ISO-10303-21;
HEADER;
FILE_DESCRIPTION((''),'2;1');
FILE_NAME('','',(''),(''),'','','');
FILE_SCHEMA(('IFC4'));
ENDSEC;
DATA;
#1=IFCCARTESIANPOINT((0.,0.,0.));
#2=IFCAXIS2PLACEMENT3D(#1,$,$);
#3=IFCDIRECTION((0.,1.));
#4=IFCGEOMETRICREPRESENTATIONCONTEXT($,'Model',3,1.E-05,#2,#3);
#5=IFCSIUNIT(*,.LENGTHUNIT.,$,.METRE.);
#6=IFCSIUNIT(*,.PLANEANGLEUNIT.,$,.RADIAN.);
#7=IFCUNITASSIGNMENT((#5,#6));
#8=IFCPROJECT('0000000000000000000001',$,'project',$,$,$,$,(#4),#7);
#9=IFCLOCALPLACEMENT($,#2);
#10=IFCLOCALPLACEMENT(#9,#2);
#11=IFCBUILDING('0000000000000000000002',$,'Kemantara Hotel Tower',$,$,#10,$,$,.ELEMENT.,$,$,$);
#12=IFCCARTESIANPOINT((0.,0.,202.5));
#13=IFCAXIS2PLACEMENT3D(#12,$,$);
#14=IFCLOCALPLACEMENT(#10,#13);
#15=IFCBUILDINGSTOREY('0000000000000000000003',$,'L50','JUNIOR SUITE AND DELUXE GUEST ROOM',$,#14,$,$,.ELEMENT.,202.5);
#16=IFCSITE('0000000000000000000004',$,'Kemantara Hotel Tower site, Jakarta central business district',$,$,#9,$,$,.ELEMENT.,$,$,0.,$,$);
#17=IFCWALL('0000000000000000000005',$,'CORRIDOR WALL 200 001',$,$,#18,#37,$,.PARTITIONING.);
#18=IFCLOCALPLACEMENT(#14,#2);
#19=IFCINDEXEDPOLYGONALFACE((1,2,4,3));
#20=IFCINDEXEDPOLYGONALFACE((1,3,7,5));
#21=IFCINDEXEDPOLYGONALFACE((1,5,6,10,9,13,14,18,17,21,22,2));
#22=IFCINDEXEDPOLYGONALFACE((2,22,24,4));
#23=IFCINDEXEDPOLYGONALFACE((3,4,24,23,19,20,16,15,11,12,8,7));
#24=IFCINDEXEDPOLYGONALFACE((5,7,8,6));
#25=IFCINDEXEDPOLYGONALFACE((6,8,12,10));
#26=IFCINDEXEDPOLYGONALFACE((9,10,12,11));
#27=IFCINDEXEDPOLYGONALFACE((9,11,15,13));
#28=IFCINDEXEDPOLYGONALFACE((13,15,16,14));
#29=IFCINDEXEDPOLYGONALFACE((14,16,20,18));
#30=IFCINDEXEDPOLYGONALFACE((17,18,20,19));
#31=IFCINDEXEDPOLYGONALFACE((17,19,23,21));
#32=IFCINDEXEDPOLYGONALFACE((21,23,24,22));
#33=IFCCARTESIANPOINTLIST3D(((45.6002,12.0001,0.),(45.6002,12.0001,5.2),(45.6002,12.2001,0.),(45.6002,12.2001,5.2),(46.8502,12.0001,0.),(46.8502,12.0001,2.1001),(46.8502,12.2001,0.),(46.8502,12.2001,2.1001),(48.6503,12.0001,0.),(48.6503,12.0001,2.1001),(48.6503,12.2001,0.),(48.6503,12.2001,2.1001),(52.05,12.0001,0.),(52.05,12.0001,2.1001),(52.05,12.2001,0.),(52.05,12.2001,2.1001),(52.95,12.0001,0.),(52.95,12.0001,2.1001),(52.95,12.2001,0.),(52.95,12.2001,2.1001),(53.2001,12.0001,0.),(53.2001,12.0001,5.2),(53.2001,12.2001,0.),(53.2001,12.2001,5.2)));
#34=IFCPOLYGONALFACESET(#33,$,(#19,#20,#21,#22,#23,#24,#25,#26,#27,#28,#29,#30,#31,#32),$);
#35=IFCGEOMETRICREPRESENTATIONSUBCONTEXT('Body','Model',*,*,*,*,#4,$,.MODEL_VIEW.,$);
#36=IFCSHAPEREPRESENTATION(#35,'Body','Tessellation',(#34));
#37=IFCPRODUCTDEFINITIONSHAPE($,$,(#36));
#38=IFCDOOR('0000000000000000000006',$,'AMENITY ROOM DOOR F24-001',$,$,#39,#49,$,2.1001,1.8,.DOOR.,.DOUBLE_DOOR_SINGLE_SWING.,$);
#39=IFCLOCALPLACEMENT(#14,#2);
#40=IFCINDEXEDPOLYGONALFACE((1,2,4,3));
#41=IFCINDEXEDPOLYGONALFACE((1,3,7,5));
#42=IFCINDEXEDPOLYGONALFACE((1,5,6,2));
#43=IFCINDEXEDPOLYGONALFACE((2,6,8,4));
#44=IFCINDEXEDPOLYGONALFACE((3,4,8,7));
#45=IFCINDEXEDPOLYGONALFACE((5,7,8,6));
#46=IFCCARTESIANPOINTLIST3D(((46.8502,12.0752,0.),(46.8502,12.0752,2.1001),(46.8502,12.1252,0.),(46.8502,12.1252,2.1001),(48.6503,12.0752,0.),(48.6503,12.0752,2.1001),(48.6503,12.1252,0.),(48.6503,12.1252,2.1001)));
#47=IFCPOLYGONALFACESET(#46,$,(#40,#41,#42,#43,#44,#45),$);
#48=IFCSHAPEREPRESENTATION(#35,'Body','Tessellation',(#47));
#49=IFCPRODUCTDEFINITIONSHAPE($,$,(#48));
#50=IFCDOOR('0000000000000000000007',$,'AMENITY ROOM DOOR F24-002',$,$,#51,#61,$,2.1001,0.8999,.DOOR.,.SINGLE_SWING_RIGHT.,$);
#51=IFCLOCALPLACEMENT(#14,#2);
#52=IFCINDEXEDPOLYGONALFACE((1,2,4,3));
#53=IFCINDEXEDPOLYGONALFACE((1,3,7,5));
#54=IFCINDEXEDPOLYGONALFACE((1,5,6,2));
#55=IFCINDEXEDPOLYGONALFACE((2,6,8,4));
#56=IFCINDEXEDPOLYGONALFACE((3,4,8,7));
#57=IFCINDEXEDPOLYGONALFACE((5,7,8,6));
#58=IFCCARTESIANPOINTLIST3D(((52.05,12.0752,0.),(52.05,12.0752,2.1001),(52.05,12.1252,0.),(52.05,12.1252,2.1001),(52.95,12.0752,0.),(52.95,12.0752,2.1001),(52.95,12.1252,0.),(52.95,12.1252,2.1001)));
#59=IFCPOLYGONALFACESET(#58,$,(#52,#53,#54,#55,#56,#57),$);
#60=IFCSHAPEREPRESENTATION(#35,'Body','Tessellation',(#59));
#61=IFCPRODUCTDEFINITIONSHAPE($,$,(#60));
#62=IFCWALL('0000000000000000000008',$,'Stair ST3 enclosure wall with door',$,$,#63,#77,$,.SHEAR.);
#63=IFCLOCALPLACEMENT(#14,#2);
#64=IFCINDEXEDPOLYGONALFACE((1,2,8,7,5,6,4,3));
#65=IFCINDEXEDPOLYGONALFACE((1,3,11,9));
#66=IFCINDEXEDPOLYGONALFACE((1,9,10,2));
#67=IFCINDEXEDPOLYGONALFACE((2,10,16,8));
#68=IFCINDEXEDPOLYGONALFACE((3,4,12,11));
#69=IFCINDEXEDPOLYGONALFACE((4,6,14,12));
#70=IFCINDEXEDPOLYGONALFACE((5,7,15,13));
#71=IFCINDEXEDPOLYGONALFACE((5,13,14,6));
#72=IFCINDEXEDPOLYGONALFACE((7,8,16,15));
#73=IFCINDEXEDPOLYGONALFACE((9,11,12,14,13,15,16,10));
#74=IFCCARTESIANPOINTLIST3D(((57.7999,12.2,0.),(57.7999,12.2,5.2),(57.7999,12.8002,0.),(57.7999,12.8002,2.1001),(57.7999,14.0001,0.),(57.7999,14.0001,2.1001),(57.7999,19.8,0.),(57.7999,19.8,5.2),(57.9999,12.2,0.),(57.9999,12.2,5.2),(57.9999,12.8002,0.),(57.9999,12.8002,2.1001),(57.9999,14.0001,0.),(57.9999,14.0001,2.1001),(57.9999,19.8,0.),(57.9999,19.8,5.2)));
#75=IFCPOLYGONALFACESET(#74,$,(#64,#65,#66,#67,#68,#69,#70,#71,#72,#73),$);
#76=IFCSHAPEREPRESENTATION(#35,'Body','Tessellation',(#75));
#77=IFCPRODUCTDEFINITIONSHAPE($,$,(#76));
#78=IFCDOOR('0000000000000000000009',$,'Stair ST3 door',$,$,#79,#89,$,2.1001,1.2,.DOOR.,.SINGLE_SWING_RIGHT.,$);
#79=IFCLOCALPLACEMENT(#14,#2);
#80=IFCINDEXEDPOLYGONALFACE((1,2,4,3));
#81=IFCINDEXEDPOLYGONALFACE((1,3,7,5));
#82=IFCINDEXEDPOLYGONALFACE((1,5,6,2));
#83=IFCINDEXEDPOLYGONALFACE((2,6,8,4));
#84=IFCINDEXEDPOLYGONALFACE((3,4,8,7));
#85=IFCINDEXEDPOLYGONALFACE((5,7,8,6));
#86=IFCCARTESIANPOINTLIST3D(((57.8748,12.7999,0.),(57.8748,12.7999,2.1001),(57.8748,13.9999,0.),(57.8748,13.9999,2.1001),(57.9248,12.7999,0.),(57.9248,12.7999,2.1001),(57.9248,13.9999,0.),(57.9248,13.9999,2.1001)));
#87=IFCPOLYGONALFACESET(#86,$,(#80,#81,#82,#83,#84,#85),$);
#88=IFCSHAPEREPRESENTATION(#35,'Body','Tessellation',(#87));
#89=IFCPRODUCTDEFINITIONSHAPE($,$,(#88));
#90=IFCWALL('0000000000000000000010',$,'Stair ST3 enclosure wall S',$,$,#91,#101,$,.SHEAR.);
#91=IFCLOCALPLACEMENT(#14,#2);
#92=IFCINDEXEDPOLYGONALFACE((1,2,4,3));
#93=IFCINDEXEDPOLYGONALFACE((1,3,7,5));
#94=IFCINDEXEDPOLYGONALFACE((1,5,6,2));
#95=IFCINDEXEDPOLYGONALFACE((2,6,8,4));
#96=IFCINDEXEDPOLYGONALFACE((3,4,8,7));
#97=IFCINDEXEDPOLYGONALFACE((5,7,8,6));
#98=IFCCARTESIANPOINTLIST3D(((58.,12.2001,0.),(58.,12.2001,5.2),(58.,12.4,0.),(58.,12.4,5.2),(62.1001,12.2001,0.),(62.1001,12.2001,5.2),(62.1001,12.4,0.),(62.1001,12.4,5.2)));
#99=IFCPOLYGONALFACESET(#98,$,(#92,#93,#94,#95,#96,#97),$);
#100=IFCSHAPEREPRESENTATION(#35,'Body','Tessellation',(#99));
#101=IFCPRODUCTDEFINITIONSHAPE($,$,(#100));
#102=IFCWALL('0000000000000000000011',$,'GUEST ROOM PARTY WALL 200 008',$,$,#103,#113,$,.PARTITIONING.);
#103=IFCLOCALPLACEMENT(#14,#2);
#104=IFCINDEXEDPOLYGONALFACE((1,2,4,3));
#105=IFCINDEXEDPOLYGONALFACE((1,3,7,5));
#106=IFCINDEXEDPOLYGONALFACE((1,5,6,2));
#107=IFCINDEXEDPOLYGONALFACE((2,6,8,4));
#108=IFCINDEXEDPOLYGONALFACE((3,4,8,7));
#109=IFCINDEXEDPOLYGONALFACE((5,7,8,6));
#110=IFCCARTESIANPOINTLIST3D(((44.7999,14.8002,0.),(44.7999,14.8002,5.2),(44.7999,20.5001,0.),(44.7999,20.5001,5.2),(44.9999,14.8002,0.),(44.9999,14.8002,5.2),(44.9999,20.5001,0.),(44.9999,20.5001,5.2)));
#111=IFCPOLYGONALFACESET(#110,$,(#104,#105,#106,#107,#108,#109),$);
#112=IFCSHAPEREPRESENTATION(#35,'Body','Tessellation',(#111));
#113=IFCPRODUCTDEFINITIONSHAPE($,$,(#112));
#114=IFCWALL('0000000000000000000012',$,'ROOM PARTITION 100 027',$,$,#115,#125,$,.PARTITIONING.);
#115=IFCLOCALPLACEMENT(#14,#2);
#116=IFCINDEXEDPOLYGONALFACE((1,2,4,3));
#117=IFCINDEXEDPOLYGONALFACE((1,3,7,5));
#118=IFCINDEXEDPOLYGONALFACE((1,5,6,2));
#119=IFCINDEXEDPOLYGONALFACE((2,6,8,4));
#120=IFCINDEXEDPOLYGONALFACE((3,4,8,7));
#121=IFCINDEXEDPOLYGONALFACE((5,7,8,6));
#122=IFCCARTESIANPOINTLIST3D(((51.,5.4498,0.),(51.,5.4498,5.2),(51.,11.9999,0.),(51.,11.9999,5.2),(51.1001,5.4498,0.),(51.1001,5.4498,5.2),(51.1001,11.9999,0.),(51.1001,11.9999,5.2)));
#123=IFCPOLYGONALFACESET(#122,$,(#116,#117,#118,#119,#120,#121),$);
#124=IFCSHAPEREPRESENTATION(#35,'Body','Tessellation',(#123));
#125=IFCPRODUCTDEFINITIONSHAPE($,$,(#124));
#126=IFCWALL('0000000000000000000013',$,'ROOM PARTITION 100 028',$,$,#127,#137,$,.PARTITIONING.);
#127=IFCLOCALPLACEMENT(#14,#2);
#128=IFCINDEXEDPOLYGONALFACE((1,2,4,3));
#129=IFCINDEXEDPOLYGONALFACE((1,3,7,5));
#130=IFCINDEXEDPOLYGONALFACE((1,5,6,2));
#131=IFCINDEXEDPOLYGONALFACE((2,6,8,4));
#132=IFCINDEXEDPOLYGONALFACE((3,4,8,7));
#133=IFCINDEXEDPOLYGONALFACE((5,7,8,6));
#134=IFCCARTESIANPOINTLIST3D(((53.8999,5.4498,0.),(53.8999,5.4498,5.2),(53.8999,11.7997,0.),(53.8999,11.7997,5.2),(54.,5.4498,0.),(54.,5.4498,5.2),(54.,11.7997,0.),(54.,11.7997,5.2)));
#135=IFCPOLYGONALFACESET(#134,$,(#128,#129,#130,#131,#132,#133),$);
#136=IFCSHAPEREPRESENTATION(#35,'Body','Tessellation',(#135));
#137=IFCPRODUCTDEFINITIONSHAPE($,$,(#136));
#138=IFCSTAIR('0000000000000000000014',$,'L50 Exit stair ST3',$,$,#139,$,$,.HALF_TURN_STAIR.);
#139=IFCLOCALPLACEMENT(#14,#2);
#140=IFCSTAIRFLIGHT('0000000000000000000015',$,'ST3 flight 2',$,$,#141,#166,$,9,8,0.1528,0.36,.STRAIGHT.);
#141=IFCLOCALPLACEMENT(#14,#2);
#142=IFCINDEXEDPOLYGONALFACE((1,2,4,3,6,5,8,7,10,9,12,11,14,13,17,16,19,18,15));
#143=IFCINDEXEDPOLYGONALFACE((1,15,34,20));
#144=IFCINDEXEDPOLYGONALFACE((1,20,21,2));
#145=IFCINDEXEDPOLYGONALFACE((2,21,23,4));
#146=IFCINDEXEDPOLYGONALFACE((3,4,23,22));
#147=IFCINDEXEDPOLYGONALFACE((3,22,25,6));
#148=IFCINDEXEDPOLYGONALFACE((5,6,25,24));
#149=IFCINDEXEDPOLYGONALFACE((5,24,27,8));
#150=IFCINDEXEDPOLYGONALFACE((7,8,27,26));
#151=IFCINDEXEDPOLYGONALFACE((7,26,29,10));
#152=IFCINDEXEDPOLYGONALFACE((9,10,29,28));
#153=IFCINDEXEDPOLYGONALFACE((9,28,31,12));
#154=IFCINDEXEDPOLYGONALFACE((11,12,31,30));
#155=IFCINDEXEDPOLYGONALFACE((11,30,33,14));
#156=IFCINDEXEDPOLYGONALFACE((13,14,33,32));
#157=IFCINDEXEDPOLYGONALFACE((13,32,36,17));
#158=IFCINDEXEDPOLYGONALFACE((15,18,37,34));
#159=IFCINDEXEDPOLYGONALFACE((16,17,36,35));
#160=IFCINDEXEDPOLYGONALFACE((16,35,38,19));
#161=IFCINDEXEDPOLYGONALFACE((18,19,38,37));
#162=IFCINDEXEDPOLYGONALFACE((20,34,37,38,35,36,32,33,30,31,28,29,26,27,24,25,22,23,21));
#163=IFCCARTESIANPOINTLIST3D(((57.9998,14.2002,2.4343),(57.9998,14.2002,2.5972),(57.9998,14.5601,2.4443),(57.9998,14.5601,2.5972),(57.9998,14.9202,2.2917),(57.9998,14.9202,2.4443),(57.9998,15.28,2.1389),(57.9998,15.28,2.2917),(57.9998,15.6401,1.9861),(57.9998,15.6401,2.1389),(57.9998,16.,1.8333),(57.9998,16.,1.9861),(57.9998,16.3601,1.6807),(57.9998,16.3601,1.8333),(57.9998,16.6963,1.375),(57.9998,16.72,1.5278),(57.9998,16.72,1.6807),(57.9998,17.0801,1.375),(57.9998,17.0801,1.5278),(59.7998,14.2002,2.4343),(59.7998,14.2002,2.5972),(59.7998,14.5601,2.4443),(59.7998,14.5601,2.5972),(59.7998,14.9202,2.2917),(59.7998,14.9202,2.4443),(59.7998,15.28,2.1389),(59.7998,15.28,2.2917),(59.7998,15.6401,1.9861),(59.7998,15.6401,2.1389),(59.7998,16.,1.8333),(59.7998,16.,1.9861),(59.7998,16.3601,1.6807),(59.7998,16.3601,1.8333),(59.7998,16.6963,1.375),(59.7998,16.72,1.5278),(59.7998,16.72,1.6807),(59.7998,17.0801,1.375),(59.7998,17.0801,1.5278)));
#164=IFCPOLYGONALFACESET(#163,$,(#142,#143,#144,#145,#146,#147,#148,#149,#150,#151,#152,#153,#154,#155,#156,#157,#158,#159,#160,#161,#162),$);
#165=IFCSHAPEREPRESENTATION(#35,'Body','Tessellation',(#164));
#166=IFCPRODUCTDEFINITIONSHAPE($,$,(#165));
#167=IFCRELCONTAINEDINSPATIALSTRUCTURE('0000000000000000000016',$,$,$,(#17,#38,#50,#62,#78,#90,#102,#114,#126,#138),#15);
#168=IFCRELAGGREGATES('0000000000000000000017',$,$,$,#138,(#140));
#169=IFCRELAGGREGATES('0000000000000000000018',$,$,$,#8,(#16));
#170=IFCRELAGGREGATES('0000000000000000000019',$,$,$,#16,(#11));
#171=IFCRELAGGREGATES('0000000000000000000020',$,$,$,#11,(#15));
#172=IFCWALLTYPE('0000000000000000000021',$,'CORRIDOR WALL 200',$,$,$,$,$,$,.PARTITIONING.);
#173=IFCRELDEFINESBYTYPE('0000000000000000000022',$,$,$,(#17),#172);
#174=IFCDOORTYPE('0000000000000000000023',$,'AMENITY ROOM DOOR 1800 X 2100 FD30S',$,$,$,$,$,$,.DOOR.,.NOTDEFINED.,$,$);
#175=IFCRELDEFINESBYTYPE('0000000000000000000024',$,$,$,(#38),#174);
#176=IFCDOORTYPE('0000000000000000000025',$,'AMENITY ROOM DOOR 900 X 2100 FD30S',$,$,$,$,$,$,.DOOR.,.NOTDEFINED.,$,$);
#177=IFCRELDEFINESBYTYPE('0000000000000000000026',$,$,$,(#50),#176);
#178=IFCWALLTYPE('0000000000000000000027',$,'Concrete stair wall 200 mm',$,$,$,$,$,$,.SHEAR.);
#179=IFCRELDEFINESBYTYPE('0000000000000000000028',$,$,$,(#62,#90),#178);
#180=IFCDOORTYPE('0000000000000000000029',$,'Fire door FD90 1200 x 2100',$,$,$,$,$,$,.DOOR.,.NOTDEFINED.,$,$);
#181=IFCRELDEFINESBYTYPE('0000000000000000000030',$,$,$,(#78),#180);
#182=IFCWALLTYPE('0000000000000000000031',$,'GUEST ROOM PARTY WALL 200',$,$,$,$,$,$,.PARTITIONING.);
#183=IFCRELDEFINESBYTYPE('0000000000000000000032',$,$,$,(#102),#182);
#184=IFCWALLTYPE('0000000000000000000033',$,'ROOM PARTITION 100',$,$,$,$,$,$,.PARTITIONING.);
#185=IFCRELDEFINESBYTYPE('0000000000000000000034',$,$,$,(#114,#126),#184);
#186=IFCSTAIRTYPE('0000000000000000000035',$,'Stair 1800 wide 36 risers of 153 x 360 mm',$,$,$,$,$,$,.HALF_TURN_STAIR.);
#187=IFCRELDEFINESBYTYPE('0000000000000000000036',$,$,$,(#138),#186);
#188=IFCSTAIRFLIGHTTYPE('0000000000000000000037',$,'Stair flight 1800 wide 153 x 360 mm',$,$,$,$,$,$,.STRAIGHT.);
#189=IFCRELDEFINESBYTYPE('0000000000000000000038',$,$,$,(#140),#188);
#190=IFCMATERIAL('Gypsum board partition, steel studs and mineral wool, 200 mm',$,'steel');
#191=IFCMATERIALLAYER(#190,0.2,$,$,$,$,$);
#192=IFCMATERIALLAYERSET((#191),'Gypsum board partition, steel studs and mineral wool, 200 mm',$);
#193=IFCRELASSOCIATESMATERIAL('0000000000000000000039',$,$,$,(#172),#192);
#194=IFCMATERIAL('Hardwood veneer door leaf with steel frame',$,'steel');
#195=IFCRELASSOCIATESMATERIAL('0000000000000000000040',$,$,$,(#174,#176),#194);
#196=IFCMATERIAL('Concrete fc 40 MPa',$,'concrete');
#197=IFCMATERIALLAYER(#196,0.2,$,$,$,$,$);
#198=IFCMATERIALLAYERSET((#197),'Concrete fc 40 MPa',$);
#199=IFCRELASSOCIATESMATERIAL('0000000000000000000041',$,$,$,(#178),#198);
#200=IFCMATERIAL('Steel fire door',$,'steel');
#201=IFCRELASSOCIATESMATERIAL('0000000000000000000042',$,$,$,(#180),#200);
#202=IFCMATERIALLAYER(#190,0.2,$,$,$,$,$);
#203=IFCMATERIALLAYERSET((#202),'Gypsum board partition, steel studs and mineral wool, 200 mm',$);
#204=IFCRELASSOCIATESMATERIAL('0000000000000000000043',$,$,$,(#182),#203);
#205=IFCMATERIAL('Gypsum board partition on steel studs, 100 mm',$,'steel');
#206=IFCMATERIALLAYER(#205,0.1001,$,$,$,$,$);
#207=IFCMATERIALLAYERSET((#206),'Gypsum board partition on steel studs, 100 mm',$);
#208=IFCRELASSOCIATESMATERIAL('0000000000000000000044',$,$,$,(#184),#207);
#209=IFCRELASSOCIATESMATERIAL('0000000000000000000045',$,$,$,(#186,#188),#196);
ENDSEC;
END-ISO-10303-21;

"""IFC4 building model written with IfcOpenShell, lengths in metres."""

from ifc_helpers import new_model, si_unit, direction, frame, frame_2d, origin, place, context, subcontext, project, spatial, polyline, rectangle, outline, extrude, material, layer, layer_set, type_object, element, fill, aggregate, save


model = new_model("IFC4")

# Units and contexts
model_context = context("Model", 3, precision=1e-05, world=origin(), true_north=direction((0.0, 1.0)))
body_context = subcontext(model_context, "Body", "Model", "MODEL_VIEW")
ifc_project = project(units=[si_unit("LENGTHUNIT", "METRE"), si_unit("PLANEANGLEUNIT", "RADIAN")], contexts=[model_context])

# Site, building, storey
site_placement = place(None, origin())
site = spatial("IfcSite", under=ifc_project, at=site_placement, Name="Kemantara Hotel Tower site, Jakarta central business district", CompositionType="ELEMENT", RefElevation=0.0)
building_placement = place(site_placement, origin())
building = spatial("IfcBuilding", under=site, at=building_placement, Name="Kemantara Hotel Tower", CompositionType="ELEMENT")
storey_placement = place(building_placement, frame((0.0, 0.0, 202.5)))
storey = spatial("IfcBuildingStorey", under=building, at=storey_placement, Name="L50", Description="JUNIOR SUITE AND DELUXE GUEST ROOM", CompositionType="ELEMENT", Elevation=202.5)

# Wall, openings, doors
ifc_material_1 = material(Name="Gypsum board partition, steel studs and mineral wool, 200 mm", Category="steel")
ifc_layer_1 = layer(ifc_material_1, 0.2)
ifc_layer_set_1 = layer_set([ifc_layer_1], Name="Gypsum board partition, steel studs and mineral wool, 200 mm")
wall_type_1 = type_object("IfcWallType", Name="CORRIDOR WALL 200", PredefinedType="PARTITIONING", material=ifc_layer_set_1)
wall_1_placement = place(storey_placement, frame((53.2, 12.1001, 0.0), z_axis=(0.0, 0.0, 1.0), x_axis=(-1.0, 0.0, 0.0)))
wall_1 = element("IfcWall", 1, at=wall_1_placement, inside=storey, type_object=wall_type_1, Name="CORRIDOR WALL 200 001", PredefinedType="PARTITIONING", context=body_context, shape_type="SweptSolid", body=[
    extrude(rectangle(XDim=7.5999, YDim=0.2, at=frame_2d((3.7998, 0.0))), origin(), (0.0, 0.0, 1.0), 5.2),
])
opening_1_placement = place(wall_1_placement, frame((4.5498, 0.0, 0.0)))
opening_1 = element("IfcOpeningElement", 2, at=opening_1_placement, cuts=wall_1, PredefinedType="OPENING", context=body_context, shape_type="SweptSolid", body=[
    extrude(rectangle(XDim=1.8, YDim=2.1001, at=frame_2d((0.8999, 1.05))), frame((0.0, 0.1099, 0.0), z_axis=(0.0, -1.0, 0.0), x_axis=(1.0, 0.0, 0.0)), (0.0, 0.0, 1.0), 0.22),
])
opening_2_placement = place(wall_1_placement, frame((0.25, 0.0, 0.0)))
opening_2 = element("IfcOpeningElement", 3, at=opening_2_placement, cuts=wall_1, PredefinedType="OPENING", context=body_context, shape_type="SweptSolid", body=[
    extrude(rectangle(XDim=0.8999, YDim=2.1001, at=frame_2d((0.45, 1.05))), frame((0.0, 0.1099, 0.0), z_axis=(0.0, -1.0, 0.0), x_axis=(1.0, 0.0, 0.0)), (0.0, 0.0, 1.0), 0.22),
])
ifc_material_2 = material(Name="Hardwood veneer door leaf with steel frame", Category="steel")
door_type_1 = type_object("IfcDoorType", Name="AMENITY ROOM DOOR 1800 X 2100 FD30S", OperationType="NOTDEFINED", PredefinedType="DOOR", material=ifc_material_2)
door_1_placement = place(opening_1_placement, origin())
door_1 = element("IfcDoor", 4, at=door_1_placement, inside=storey, type_object=door_type_1, Name="AMENITY ROOM DOOR F24-001", OperationType="DOUBLE_DOOR_SINGLE_SWING", OverallHeight=2.1001, OverallWidth=1.8, PredefinedType="DOOR", context=body_context, shape_type="SweptSolid", body=[
    extrude(rectangle(XDim=1.8, YDim=2.1001, at=frame_2d((0.8999, 1.05))), frame((0.0, 0.0249, 0.0), z_axis=(0.0, -1.0, 0.0), x_axis=(1.0, 0.0, 0.0)), (0.0, 0.0, 1.0), 0.05),
])
fill(opening_1, door_1)
door_type_2 = type_object("IfcDoorType", Name="AMENITY ROOM DOOR 900 X 2100 FD30S", OperationType="NOTDEFINED", PredefinedType="DOOR", material=ifc_material_2)
door_2_placement = place(opening_2_placement, origin())
door_2 = element("IfcDoor", 5, at=door_2_placement, inside=storey, type_object=door_type_2, Name="AMENITY ROOM DOOR F24-002", OperationType="SINGLE_SWING_RIGHT", OverallHeight=2.1001, OverallWidth=0.8999, PredefinedType="DOOR", context=body_context, shape_type="SweptSolid", body=[
    extrude(rectangle(XDim=0.8999, YDim=2.1001, at=frame_2d((0.45, 1.05))), frame((0.0, 0.0249, 0.0), z_axis=(0.0, -1.0, 0.0), x_axis=(1.0, 0.0, 0.0)), (0.0, 0.0, 1.0), 0.05),
])
fill(opening_2, door_2)

# Wall, opening, door
ifc_material_3 = material(Name="Concrete fc 40 MPa", Category="concrete")
ifc_layer_2 = layer(ifc_material_3, 0.2)
ifc_layer_set_2 = layer_set([ifc_layer_2], Name="Concrete fc 40 MPa")
wall_type_2 = type_object("IfcWallType", Name="Concrete stair wall 200 mm", PredefinedType="SHEAR", material=ifc_layer_set_2)
wall_2_placement = place(storey_placement, frame((57.8999, 12.2, 0.0), z_axis=(0.0, 0.0, 1.0), x_axis=(0.0, 1.0, 0.0)))
wall_2 = element("IfcWall", 6, at=wall_2_placement, inside=storey, type_object=wall_type_2, Name="Stair ST3 enclosure wall with door", PredefinedType="SHEAR", context=body_context, shape_type="SweptSolid", body=[
    extrude(rectangle(XDim=7.6001, YDim=0.2, at=frame_2d((3.8, 0.0))), origin(), (0.0, 0.0, 1.0), 5.2),
])
opening_3_placement = place(wall_2_placement, frame((0.6001, 0.0, 0.0)))
opening_3 = element("IfcOpeningElement", 7, at=opening_3_placement, cuts=wall_2, PredefinedType="OPENING", context=body_context, shape_type="SweptSolid", body=[
    extrude(rectangle(XDim=1.2, YDim=2.1001, at=frame_2d((0.6001, 1.05))), frame((0.0, 0.1099, 0.0), z_axis=(0.0, -1.0, 0.0), x_axis=(1.0, 0.0, 0.0)), (0.0, 0.0, 1.0), 0.22),
])
ifc_material_4 = material(Name="Steel fire door", Category="steel")
door_type_3 = type_object("IfcDoorType", Name="Fire door FD90 1200 x 2100", OperationType="NOTDEFINED", PredefinedType="DOOR", material=ifc_material_4)
door_3_placement = place(opening_3_placement, frame((1.2, 0.0, 0.0), z_axis=(0.0, 0.0, 1.0), x_axis=(-1.0, 0.0, 0.0)))
door_3 = element("IfcDoor", 8, at=door_3_placement, inside=storey, type_object=door_type_3, Name="Stair ST3 door", OperationType="SINGLE_SWING_RIGHT", OverallHeight=2.1001, OverallWidth=1.2, PredefinedType="DOOR", context=body_context, shape_type="SweptSolid", body=[
    extrude(rectangle(XDim=1.2, YDim=2.1001, at=frame_2d((0.6001, 1.05))), frame((0.0, 0.0249, 0.0), z_axis=(0.0, -1.0, 0.0), x_axis=(1.0, 0.0, 0.0)), (0.0, 0.0, 1.0), 0.05),
])
fill(opening_3, door_3)

# Walls
wall_3_placement = place(storey_placement, frame((58.0, 12.3, 0.0), z_axis=(0.0, 0.0, 1.0), x_axis=(1.0, 0.0, 0.0)))
element("IfcWall", 9, at=wall_3_placement, inside=storey, type_object=wall_type_2, Name="Stair ST3 enclosure wall S", PredefinedType="SHEAR", context=body_context, shape_type="SweptSolid", body=[
    extrude(rectangle(XDim=4.1001, YDim=0.2, at=frame_2d((2.05, 0.0))), origin(), (0.0, 0.0, 1.0), 5.2),
])
ifc_layer_3 = layer(ifc_material_1, 0.2)
ifc_layer_set_3 = layer_set([ifc_layer_3], Name="Gypsum board partition, steel studs and mineral wool, 200 mm")
wall_type_3 = type_object("IfcWallType", Name="GUEST ROOM PARTY WALL 200", PredefinedType="PARTITIONING", material=ifc_layer_set_3)
wall_4_placement = place(storey_placement, frame((44.8999, 14.8, 0.0), z_axis=(0.0, 0.0, 1.0), x_axis=(0.0, 1.0, 0.0)))
element("IfcWall", 10, at=wall_4_placement, inside=storey, type_object=wall_type_3, Name="GUEST ROOM PARTY WALL 200 008", PredefinedType="PARTITIONING", context=body_context, shape_type="SweptSolid", body=[
    extrude(rectangle(XDim=5.7, YDim=0.2, at=frame_2d((2.8501, 0.0))), origin(), (0.0, 0.0, 1.0), 5.2),
])
ifc_material_5 = material(Name="Gypsum board partition on steel studs, 100 mm", Category="steel")
ifc_layer_4 = layer(ifc_material_5, 0.1001)
ifc_layer_set_4 = layer_set([ifc_layer_4], Name="Gypsum board partition on steel studs, 100 mm")
wall_type_4 = type_object("IfcWallType", Name="ROOM PARTITION 100", PredefinedType="PARTITIONING", material=ifc_layer_set_4)
wall_5_placement = place(storey_placement, frame((51.05, 5.45, 0.0), z_axis=(0.0, 0.0, 1.0), x_axis=(0.0, 1.0, 0.0)))
element("IfcWall", 11, at=wall_5_placement, inside=storey, type_object=wall_type_4, Name="ROOM PARTITION 100 027", PredefinedType="PARTITIONING", context=body_context, shape_type="SweptSolid", body=[
    extrude(rectangle(XDim=6.55, YDim=0.1001, at=frame_2d((3.2749, 0.0))), origin(), (0.0, 0.0, 1.0), 5.2),
])
wall_6_placement = place(storey_placement, frame((53.95, 5.45, 0.0), z_axis=(0.0, 0.0, 1.0), x_axis=(0.0, 1.0, 0.0)))
element("IfcWall", 12, at=wall_6_placement, inside=storey, type_object=wall_type_4, Name="ROOM PARTITION 100 028", PredefinedType="PARTITIONING", context=body_context, shape_type="SweptSolid", body=[
    extrude(rectangle(XDim=6.3499, YDim=0.1001, at=frame_2d((3.1748, 0.0))), origin(), (0.0, 0.0, 1.0), 5.2),
])

# Stair, stair flight
stair_type = type_object("IfcStairType", Name="Stair 1800 wide 36 risers of 153 x 360 mm", PredefinedType="HALF_TURN_STAIR", material=ifc_material_3)
stair_placement = place(storey_placement, origin())
stair = element("IfcStair", 13, at=stair_placement, inside=storey, type_object=stair_type, Name="L50 Exit stair ST3", PredefinedType="HALF_TURN_STAIR")
stair_flight_type = type_object("IfcStairFlightType", Name="Stair flight 1800 wide 153 x 360 mm", PredefinedType="STRAIGHT", material=ifc_material_3)
stair_flight_1_placement = place(storey_placement, frame((58.8999, 17.0801, 1.375), z_axis=(0.0, 0.0, 1.0), x_axis=(0.0, -1.0, 0.0)))
stair_flight_1 = element("IfcStairFlight", 14, at=stair_flight_1_placement, type_object=stair_flight_type, Name="ST3 flight 2", NumberOfRisers=9, NumberOfTreads=8, PredefinedType="STRAIGHT", RiserHeight=0.1528, TreadLength=0.36, context=body_context, shape_type="SweptSolid", body=[
    extrude(outline(polyline([(0.0, 0.0), (0.0, 0.1528), (0.3601, 0.1528), (0.3601, 0.3057), (0.72, 0.3057), (0.72, 0.4583), (1.0801, 0.4583), (1.0801, 0.6111), (1.4399, 0.6111), (1.4399, 0.7639), (1.8, 0.7639), (1.8, 0.9167), (2.1599, 0.9167), (2.1599, 1.0693), (2.52, 1.0693), (2.52, 1.2222), (2.8799, 1.2222), (2.8799, 1.375), (2.8799, 1.0593), (0.3838, 0.0), (0.0, 0.0)])), frame((0.0, 0.8999, 0.0), z_axis=(0.0, -1.0, 0.0), x_axis=(1.0, 0.0, 0.0)), (0.0, 0.0, 1.0), 1.8),
])
aggregate(stair, [stair_flight_1])

save(model, "model.ifc")
